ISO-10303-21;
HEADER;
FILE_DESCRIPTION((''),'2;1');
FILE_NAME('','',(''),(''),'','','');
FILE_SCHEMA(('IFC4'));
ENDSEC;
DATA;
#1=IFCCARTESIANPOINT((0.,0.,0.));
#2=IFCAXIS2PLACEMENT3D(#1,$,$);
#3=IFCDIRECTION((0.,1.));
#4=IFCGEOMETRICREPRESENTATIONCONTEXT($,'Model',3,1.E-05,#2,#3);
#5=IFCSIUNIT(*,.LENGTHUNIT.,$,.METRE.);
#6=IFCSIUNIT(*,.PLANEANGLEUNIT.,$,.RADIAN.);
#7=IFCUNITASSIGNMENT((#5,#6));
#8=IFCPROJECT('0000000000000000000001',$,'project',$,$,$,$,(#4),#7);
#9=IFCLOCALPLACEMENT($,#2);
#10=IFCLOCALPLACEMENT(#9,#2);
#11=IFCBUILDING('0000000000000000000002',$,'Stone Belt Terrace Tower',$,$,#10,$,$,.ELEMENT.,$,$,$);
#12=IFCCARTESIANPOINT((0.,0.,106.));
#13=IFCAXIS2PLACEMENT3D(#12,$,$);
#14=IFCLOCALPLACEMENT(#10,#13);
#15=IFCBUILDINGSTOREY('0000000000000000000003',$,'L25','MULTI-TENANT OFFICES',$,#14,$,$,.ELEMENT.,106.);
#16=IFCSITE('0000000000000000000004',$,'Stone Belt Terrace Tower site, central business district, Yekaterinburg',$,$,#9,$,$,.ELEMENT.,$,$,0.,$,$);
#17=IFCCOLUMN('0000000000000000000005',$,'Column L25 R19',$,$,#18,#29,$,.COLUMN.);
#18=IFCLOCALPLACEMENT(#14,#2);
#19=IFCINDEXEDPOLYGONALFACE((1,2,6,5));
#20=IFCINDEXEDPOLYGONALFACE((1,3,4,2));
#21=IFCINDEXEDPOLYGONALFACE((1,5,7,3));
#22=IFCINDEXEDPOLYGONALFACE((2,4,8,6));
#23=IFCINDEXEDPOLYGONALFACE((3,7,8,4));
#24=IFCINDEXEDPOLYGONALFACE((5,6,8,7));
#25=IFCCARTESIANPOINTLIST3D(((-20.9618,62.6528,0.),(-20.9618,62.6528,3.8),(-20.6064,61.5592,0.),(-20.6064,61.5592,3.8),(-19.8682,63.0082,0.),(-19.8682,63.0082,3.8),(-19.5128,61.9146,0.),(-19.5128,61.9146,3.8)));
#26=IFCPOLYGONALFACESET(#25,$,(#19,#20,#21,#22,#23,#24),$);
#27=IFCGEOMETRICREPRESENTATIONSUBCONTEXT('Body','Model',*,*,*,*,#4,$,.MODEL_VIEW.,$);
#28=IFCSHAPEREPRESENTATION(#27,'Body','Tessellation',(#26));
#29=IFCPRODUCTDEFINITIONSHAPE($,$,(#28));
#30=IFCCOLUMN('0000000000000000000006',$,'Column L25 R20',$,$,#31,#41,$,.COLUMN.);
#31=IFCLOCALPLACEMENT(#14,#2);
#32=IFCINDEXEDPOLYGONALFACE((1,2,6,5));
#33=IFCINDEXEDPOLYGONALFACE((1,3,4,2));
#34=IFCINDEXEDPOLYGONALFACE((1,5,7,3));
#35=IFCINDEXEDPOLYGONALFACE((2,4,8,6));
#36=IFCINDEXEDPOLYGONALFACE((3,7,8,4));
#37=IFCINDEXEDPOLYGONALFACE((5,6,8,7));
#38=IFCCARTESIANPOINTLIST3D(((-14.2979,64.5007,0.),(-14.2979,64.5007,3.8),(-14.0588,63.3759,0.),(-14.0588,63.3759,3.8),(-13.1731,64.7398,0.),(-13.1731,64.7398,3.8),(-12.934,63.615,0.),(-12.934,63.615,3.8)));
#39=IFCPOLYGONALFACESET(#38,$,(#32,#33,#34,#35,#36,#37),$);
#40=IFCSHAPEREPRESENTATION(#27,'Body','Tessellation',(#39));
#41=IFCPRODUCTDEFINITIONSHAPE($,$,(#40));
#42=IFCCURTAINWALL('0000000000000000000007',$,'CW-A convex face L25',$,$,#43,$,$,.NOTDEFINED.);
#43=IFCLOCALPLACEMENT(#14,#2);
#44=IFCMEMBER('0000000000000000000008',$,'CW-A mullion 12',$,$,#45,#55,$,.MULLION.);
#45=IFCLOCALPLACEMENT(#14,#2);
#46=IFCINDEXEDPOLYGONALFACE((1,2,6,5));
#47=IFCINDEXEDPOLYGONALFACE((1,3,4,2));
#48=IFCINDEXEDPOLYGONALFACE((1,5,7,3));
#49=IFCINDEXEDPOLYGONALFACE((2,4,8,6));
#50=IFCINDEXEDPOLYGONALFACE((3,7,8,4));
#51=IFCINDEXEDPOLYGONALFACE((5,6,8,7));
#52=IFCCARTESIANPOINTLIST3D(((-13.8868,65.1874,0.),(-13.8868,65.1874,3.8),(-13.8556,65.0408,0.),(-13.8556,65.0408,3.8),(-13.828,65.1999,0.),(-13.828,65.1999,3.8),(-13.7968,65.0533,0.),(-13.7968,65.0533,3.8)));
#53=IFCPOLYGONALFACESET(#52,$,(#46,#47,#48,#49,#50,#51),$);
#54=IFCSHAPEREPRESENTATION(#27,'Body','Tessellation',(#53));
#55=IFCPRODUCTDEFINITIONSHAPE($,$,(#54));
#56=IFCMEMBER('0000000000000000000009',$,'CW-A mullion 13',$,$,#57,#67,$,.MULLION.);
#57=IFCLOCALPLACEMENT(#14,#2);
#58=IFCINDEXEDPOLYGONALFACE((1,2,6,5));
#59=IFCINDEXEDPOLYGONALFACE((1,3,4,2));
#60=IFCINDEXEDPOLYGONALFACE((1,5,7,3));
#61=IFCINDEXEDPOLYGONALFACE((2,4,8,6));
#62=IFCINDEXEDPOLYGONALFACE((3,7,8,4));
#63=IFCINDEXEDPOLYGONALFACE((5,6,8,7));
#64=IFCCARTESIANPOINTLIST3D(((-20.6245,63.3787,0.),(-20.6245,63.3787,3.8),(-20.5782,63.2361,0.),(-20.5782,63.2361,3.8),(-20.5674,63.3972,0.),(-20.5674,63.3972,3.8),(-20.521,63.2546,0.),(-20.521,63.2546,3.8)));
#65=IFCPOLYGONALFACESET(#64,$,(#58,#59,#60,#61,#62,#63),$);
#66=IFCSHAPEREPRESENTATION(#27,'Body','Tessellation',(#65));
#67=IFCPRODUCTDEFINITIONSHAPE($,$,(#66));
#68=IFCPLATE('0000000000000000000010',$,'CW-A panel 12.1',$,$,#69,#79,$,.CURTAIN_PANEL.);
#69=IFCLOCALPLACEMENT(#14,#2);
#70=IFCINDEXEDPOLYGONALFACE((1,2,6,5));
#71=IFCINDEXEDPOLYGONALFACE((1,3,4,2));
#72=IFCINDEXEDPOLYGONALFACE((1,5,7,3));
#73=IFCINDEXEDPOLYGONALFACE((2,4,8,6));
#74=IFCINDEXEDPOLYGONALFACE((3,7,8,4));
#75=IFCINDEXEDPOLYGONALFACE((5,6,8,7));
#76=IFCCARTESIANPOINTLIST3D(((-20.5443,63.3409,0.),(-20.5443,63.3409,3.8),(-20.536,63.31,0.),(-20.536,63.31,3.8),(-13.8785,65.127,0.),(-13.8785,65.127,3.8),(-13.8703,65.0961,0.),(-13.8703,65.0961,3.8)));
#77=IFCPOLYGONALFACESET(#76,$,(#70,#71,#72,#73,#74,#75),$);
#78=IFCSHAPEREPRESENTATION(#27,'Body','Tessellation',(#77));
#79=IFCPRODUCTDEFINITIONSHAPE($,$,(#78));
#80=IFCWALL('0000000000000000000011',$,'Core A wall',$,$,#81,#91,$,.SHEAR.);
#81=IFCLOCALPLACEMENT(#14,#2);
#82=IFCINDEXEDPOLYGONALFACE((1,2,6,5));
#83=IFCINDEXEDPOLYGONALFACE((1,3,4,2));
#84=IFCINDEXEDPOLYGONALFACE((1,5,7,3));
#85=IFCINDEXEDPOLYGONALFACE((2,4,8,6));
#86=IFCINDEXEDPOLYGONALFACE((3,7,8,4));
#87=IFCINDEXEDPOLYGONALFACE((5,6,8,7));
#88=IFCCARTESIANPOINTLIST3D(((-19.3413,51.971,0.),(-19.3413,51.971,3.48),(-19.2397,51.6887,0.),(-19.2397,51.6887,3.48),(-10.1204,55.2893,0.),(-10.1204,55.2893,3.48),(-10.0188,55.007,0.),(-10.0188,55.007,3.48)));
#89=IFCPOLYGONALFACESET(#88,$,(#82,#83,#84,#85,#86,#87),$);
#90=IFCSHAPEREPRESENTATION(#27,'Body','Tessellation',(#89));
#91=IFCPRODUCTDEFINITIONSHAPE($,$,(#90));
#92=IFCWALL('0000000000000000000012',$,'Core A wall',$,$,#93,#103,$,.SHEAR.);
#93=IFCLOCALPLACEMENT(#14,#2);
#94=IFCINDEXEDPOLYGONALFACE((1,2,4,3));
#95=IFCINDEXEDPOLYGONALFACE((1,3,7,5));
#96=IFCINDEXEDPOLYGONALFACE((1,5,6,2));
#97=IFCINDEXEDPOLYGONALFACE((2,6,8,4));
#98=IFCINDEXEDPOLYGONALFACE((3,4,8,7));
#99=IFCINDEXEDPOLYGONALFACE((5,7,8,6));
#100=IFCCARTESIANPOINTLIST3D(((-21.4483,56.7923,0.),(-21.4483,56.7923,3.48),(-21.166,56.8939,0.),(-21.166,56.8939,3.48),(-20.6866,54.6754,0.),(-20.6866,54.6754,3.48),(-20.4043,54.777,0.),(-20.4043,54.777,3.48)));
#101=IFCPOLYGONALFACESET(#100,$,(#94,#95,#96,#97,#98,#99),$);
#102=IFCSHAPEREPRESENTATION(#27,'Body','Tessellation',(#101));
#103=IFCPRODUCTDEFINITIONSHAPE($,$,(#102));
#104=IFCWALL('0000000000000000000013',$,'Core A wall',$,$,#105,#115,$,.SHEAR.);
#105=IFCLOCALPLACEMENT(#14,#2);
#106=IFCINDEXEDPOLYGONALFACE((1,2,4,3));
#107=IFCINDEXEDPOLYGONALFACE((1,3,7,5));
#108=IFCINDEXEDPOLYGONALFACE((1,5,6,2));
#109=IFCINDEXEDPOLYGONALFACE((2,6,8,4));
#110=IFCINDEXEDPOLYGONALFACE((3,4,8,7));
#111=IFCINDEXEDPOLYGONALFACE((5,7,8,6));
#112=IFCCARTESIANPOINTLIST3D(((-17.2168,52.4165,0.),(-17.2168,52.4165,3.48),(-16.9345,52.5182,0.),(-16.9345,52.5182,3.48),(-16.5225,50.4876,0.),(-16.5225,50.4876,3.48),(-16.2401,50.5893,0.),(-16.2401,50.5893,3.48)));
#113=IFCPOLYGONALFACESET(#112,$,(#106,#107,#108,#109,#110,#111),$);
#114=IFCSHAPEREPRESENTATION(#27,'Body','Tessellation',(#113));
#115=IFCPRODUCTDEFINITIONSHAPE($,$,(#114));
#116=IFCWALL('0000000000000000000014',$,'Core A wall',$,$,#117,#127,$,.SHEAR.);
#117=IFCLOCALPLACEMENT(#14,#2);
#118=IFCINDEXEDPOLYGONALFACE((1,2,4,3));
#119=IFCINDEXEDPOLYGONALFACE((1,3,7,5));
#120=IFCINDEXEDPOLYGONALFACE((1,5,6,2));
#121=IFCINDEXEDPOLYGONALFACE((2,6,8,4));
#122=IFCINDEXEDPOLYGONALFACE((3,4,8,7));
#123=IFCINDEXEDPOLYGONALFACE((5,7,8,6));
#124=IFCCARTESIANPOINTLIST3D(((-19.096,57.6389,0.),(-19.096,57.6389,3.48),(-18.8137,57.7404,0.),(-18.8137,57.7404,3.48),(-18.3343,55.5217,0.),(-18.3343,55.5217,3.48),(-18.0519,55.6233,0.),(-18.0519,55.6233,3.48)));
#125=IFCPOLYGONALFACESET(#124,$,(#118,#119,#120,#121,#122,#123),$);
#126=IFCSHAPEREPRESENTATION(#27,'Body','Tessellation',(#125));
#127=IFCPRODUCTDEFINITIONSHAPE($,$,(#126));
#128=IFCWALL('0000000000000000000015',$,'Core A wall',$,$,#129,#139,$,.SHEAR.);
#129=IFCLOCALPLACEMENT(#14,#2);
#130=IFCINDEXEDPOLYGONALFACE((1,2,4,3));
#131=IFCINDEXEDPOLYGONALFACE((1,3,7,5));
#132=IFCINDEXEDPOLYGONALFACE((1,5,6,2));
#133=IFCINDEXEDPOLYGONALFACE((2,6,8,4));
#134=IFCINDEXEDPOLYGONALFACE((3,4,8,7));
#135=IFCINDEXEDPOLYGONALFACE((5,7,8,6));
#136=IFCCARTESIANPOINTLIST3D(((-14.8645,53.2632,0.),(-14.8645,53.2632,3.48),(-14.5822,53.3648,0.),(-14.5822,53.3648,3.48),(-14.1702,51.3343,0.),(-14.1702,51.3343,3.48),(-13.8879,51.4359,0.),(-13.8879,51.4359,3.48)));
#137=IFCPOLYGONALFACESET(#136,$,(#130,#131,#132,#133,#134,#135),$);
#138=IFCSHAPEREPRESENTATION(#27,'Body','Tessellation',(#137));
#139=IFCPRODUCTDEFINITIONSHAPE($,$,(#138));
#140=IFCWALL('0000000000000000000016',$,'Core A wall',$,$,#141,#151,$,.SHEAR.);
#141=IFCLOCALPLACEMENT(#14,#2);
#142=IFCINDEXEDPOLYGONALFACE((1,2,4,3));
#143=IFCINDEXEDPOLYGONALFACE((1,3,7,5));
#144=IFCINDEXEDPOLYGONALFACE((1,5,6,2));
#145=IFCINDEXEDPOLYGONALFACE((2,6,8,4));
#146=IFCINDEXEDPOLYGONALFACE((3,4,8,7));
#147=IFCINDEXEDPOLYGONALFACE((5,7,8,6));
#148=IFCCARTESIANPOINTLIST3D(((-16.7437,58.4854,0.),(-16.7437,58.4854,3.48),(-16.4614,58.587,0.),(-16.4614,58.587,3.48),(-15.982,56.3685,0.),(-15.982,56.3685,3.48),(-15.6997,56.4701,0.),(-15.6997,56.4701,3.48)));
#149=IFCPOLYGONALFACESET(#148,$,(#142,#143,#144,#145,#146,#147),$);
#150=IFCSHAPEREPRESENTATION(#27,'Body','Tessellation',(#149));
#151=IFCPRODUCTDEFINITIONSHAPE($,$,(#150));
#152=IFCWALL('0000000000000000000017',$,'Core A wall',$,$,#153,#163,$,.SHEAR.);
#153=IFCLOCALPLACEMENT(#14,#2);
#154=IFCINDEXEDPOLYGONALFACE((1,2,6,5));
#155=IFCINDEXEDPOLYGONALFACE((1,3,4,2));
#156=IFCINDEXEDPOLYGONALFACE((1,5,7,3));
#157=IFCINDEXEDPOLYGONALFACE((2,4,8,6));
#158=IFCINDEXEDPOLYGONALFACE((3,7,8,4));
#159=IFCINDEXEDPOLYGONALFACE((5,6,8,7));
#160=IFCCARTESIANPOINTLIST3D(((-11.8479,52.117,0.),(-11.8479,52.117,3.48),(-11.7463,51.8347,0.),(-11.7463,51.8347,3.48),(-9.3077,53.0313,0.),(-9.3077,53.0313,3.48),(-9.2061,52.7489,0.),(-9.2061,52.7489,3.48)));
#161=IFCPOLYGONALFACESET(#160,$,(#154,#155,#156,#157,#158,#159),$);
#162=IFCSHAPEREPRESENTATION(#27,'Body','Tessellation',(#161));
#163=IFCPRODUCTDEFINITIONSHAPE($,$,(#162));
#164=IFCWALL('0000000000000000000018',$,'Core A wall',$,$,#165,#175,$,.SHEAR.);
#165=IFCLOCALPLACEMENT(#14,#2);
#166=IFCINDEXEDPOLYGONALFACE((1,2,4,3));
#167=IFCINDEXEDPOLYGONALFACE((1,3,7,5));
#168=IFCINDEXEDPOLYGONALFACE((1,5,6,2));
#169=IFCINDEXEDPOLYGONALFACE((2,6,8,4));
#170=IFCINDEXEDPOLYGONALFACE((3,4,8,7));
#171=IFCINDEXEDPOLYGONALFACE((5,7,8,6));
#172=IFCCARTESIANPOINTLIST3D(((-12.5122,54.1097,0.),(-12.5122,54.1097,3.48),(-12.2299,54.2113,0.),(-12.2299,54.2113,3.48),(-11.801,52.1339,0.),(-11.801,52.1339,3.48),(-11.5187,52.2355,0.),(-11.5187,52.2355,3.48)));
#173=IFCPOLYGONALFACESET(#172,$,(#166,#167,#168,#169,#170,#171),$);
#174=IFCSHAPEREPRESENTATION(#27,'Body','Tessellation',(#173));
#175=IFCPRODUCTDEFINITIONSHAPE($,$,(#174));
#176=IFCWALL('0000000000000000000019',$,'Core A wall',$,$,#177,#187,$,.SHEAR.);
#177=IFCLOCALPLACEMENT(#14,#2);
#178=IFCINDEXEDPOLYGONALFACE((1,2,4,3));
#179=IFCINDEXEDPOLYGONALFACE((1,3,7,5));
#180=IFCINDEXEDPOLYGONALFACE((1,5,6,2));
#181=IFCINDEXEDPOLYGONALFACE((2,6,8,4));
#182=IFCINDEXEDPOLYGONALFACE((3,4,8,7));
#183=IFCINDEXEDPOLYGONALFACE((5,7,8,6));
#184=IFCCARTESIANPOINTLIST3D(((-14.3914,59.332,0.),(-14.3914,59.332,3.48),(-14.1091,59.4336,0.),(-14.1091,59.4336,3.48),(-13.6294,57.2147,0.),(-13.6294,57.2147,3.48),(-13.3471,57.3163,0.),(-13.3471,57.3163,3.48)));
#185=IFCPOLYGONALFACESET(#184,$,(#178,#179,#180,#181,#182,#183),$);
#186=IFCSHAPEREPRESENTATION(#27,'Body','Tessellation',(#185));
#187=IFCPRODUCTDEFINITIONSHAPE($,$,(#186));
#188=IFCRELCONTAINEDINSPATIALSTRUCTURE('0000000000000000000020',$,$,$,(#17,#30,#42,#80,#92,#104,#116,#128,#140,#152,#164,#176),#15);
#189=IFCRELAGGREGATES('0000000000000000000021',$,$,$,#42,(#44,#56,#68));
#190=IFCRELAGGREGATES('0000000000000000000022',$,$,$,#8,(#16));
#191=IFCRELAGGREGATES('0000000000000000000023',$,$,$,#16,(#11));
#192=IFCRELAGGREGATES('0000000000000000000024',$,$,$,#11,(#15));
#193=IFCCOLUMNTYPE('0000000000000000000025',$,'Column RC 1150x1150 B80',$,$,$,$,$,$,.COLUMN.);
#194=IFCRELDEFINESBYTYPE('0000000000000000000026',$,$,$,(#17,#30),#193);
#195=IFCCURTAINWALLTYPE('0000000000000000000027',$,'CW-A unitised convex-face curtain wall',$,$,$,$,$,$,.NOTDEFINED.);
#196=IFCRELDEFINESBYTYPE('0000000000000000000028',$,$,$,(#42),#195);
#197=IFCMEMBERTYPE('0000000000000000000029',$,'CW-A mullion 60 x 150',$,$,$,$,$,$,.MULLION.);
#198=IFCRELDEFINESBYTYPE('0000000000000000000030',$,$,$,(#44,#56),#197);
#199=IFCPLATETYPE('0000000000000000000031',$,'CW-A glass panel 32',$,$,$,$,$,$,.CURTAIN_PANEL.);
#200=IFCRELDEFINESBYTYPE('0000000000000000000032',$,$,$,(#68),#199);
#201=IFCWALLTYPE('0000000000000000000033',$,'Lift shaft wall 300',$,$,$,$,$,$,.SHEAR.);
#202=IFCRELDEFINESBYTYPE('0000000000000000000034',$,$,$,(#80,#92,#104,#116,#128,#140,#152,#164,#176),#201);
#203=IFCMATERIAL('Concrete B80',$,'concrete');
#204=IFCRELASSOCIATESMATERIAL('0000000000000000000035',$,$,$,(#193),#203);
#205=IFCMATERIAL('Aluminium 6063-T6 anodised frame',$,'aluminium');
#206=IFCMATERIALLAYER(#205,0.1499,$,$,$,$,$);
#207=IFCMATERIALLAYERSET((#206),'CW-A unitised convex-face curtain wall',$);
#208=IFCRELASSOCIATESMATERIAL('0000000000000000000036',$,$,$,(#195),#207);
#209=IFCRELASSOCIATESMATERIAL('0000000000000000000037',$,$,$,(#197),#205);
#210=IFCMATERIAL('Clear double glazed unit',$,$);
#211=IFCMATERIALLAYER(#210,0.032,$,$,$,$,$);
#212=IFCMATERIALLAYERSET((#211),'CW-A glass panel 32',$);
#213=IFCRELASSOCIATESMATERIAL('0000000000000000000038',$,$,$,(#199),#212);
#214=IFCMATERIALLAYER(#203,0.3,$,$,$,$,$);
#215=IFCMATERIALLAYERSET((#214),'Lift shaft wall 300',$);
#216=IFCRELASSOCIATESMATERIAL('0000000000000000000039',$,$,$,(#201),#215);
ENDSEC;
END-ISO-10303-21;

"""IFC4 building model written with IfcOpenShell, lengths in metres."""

from ifc_helpers import new_model, si_unit, direction, frame, frame_2d, origin, origin_2d, place, context, subcontext, project, spatial, rectangle, extrude, material, layer, layer_set, material_profile, profile_set, type_object, element, aggregate, save


model = new_model("IFC4")

# Units and contexts
model_context = context("Model", 3, precision=1e-05, world=origin(), true_north=direction((0.0, 1.0)))
body_context = subcontext(model_context, "Body", "Model", "MODEL_VIEW")
ifc_project = project(units=[si_unit("LENGTHUNIT", "METRE"), si_unit("PLANEANGLEUNIT", "RADIAN")], contexts=[model_context])

# Site, building, storey
site_placement = place(None, origin())
site = spatial("IfcSite", under=ifc_project, at=site_placement, Name="Stone Belt Terrace Tower site, central business district, Yekaterinburg", CompositionType="ELEMENT", RefElevation=0.0)
building_placement = place(site_placement, origin())
building = spatial("IfcBuilding", under=site, at=building_placement, Name="Stone Belt Terrace Tower", CompositionType="ELEMENT")
storey_placement = place(building_placement, frame((0.0, 0.0, 106.0)))
storey = spatial("IfcBuildingStorey", under=building, at=storey_placement, Name="L25", Description="MULTI-TENANT OFFICES", CompositionType="ELEMENT", Elevation=106.0)

# Columns
ifc_material_1 = material(Name="Concrete B80", Category="concrete")
ifc_material_profile_1 = material_profile(ifc_material_1, rectangle(XDim=1.1499, YDim=1.1499, at=origin_2d()), Name="RC 1150x1150")
ifc_profile_set_1 = profile_set([ifc_material_profile_1], Name="Concrete B80")
column_type = type_object("IfcColumnType", Name="Column RC 1150x1150 B80", PredefinedType="COLUMN", material=ifc_profile_set_1)
for number, where, z_axis, x_axis, name in (
    (1, (-20.2373, 62.2837, 0.0), (0.0, 0.0, 1.0), (0.951057, 0.309017, 0.0), "Column L25 R19"),
    (2, (-13.616, 64.0579, 0.0), (0.0, 0.0, 1.0), (0.978148, 0.207912, 0.0), "Column L25 R20"),
):
    element("IfcColumn", number, at=place(storey_placement, frame(where, z_axis=z_axis, x_axis=x_axis)), inside=storey, type_object=column_type, Name=name, PredefinedType="COLUMN", context=body_context, shape_type="SweptSolid", body=[
        extrude(rectangle(XDim=1.1499, YDim=1.1499, at=origin_2d()), origin(), (0.0, 0.0, 1.0), 3.8),
    ])

# Curtain wall, members, plate
ifc_material_2 = material(Name="Aluminium 6063-T6 anodised frame", Category="aluminium")
ifc_layer_1 = layer(ifc_material_2, 0.1499)
ifc_layer_set_1 = layer_set([ifc_layer_1], Name="CW-A unitised convex-face curtain wall")
curtain_wall_type = type_object("IfcCurtainWallType", Name="CW-A unitised convex-face curtain wall", PredefinedType="NOTDEFINED", material=ifc_layer_set_1)
curtain_wall_placement = place(storey_placement, origin())
curtain_wall = element("IfcCurtainWall", 3, at=curtain_wall_placement, inside=storey, type_object=curtain_wall_type, Name="CW-A convex face L25", PredefinedType="NOTDEFINED")
ifc_material_profile_2 = material_profile(ifc_material_2, rectangle(XDim=0.1499, YDim=0.0601, at=origin_2d()), Name="Aluminium 6063-T6 60x150")
ifc_profile_set_2 = profile_set([ifc_material_profile_2], Name="Aluminium 6063-T6 anodised frame")
member_type = type_object("IfcMemberType", Name="CW-A mullion 60 x 150", PredefinedType="MULLION", material=ifc_profile_set_2)
member_1_placement = place(storey_placement, frame((-13.8418, 65.1204, 0.0), z_axis=(0.0, 0.0, 1.0), x_axis=(0.207912, -0.978148, 0.0)))
member_1 = element("IfcMember", 4, at=member_1_placement, type_object=member_type, Name="CW-A mullion 12", PredefinedType="MULLION", context=body_context, shape_type="SweptSolid", body=[
    extrude(rectangle(XDim=0.1499, YDim=0.0601, at=origin_2d()), origin(), (0.0, 0.0, 1.0), 3.8),
])
member_2_placement = place(storey_placement, frame((-20.5728, 63.3167, 0.0), z_axis=(0.0, 0.0, 1.0), x_axis=(0.309017, -0.951057, 0.0)))
member_2 = element("IfcMember", 5, at=member_2_placement, type_object=member_type, Name="CW-A mullion 13", PredefinedType="MULLION", context=body_context, shape_type="SweptSolid", body=[
    extrude(rectangle(XDim=0.1499, YDim=0.0601, at=origin_2d()), origin(), (0.0, 0.0, 1.0), 3.8),
])
ifc_material_3 = material(Name="Clear double glazed unit")
ifc_layer_2 = layer(ifc_material_3, 0.032)
ifc_layer_set_2 = layer_set([ifc_layer_2], Name="CW-A glass panel 32")
plate_type = type_object("IfcPlateType", Name="CW-A glass panel 32", PredefinedType="CURTAIN_PANEL", material=ifc_layer_set_2)
plate_placement = place(storey_placement, frame((-17.2073, 64.2185, 0.0), z_axis=(0.0, 0.0, 1.0), x_axis=(-0.965926, -0.258819, 0.0)))
plate = element("IfcPlate", 6, at=plate_placement, type_object=plate_type, Name="CW-A panel 12.1", PredefinedType="CURTAIN_PANEL", context=body_context, shape_type="SweptSolid", body=[
    extrude(rectangle(XDim=6.9009, YDim=0.032, at=origin_2d()), origin(), (0.0, 0.0, 1.0), 3.8),
])
aggregate(curtain_wall, [member_1, member_2, plate])

# Walls
ifc_layer_3 = layer(ifc_material_1, 0.3)
ifc_layer_set_3 = layer_set([ifc_layer_3], Name="Lift shaft wall 300")
wall_type_1 = type_object("IfcWallType", Name="Lift shaft wall 300", PredefinedType="SHEAR", material=ifc_layer_set_3)
wall_1_placement = place(storey_placement, frame((-19.2905, 51.8298, 0.0), z_axis=(0.0, 0.0, 1.0), x_axis=(0.940926, 0.338613, 0.0)))
element("IfcWall", 7, at=wall_1_placement, inside=storey, type_object=wall_type_1, Name="Core A wall", PredefinedType="SHEAR", context=body_context, shape_type="SweptSolid", body=[
    extrude(rectangle(XDim=9.7998, YDim=0.3, at=frame_2d((4.8999, 0.0))), origin(), (0.0, 0.0, 1.0), 3.48),
])
wall_2_placement = place(storey_placement, frame((-20.5454, 54.7261, 0.0), z_axis=(0.0, 0.0, 1.0), x_axis=(-0.33857, 0.940941, 0.0)))
element("IfcWall", 8, at=wall_2_placement, inside=storey, type_object=wall_type_1, Name="Core A wall", PredefinedType="SHEAR", context=body_context, shape_type="SweptSolid", body=[
    extrude(rectangle(XDim=2.2498, YDim=0.3, at=frame_2d((1.125, 0.0))), origin(), (0.0, 0.0, 1.0), 3.48),
])
wall_3_placement = place(storey_placement, frame((-16.3813, 50.5386, 0.0), z_axis=(0.0, 0.0, 1.0), x_axis=(-0.338682, 0.940901, 0.0)))
element("IfcWall", 9, at=wall_3_placement, inside=storey, type_object=wall_type_1, Name="Core A wall", PredefinedType="SHEAR", context=body_context, shape_type="SweptSolid", body=[
    extrude(rectangle(XDim=2.05, YDim=0.3, at=frame_2d((1.0249, 0.0))), origin(), (0.0, 0.0, 1.0), 3.48),
])
wall_4_placement = place(storey_placement, frame((-18.1931, 55.5725, 0.0), z_axis=(0.0, 0.0, 1.0), x_axis=(-0.338535, 0.940954, 0.0)))
element("IfcWall", 10, at=wall_4_placement, inside=storey, type_object=wall_type_1, Name="Core A wall", PredefinedType="SHEAR", context=body_context, shape_type="SweptSolid", body=[
    extrude(rectangle(XDim=2.25, YDim=0.3, at=frame_2d((1.125, 0.0))), origin(), (0.0, 0.0, 1.0), 3.48),
])
wall_5_placement = place(storey_placement, frame((-14.0291, 51.3853, 0.0), z_axis=(0.0, 0.0, 1.0), x_axis=(-0.338682, 0.940901, 0.0)))
element("IfcWall", 11, at=wall_5_placement, inside=storey, type_object=wall_type_1, Name="Core A wall", PredefinedType="SHEAR", context=body_context, shape_type="SweptSolid", body=[
    extrude(rectangle(XDim=2.05, YDim=0.3, at=frame_2d((1.0249, 0.0))), origin(), (0.0, 0.0, 1.0), 3.48),
])
wall_6_placement = place(storey_placement, frame((-15.8408, 56.4192, 0.0), z_axis=(0.0, 0.0, 1.0), x_axis=(-0.33857, 0.940941, 0.0)))
element("IfcWall", 12, at=wall_6_placement, inside=storey, type_object=wall_type_1, Name="Core A wall", PredefinedType="SHEAR", context=body_context, shape_type="SweptSolid", body=[
    extrude(rectangle(XDim=2.2498, YDim=0.3, at=frame_2d((1.125, 0.0))), origin(), (0.0, 0.0, 1.0), 3.48),
])
wall_7_placement = place(storey_placement, frame((-11.7971, 51.9758, 0.0), z_axis=(0.0, 0.0, 1.0), x_axis=(0.94091, 0.338655, 0.0)))
element("IfcWall", 13, at=wall_7_placement, inside=storey, type_object=wall_type_1, Name="Core A wall", PredefinedType="SHEAR", context=body_context, shape_type="SweptSolid", body=[
    extrude(rectangle(XDim=2.6997, YDim=0.3, at=frame_2d((1.3499, 0.0))), origin(), (0.0, 0.0, 1.0), 3.48),
])
wall_8_placement = place(storey_placement, frame((-11.6599, 52.1848, 0.0), z_axis=(0.0, 0.0, 1.0), x_axis=(-0.33867, 0.940905, 0.0)))
element("IfcWall", 14, at=wall_8_placement, inside=storey, type_object=wall_type_1, Name="Core A wall", PredefinedType="SHEAR", context=body_context, shape_type="SweptSolid", body=[
    extrude(rectangle(XDim=2.0999, YDim=0.3, at=frame_2d((1.0498, 0.0))), origin(), (0.0, 0.0, 1.0), 3.48),
])
wall_9_placement = place(storey_placement, frame((-13.4883, 57.2656, 0.0), z_axis=(0.0, 0.0, 1.0), x_axis=(-0.338631, 0.940919, 0.0)))
element("IfcWall", 15, at=wall_9_placement, inside=storey, type_object=wall_type_1, Name="Core A wall", PredefinedType="SHEAR", context=body_context, shape_type="SweptSolid", body=[
    extrude(rectangle(XDim=2.2502, YDim=0.3, at=frame_2d((1.125, 0.0))), origin(), (0.0, 0.0, 1.0), 3.48),
])

save(model, "model.ifc")
